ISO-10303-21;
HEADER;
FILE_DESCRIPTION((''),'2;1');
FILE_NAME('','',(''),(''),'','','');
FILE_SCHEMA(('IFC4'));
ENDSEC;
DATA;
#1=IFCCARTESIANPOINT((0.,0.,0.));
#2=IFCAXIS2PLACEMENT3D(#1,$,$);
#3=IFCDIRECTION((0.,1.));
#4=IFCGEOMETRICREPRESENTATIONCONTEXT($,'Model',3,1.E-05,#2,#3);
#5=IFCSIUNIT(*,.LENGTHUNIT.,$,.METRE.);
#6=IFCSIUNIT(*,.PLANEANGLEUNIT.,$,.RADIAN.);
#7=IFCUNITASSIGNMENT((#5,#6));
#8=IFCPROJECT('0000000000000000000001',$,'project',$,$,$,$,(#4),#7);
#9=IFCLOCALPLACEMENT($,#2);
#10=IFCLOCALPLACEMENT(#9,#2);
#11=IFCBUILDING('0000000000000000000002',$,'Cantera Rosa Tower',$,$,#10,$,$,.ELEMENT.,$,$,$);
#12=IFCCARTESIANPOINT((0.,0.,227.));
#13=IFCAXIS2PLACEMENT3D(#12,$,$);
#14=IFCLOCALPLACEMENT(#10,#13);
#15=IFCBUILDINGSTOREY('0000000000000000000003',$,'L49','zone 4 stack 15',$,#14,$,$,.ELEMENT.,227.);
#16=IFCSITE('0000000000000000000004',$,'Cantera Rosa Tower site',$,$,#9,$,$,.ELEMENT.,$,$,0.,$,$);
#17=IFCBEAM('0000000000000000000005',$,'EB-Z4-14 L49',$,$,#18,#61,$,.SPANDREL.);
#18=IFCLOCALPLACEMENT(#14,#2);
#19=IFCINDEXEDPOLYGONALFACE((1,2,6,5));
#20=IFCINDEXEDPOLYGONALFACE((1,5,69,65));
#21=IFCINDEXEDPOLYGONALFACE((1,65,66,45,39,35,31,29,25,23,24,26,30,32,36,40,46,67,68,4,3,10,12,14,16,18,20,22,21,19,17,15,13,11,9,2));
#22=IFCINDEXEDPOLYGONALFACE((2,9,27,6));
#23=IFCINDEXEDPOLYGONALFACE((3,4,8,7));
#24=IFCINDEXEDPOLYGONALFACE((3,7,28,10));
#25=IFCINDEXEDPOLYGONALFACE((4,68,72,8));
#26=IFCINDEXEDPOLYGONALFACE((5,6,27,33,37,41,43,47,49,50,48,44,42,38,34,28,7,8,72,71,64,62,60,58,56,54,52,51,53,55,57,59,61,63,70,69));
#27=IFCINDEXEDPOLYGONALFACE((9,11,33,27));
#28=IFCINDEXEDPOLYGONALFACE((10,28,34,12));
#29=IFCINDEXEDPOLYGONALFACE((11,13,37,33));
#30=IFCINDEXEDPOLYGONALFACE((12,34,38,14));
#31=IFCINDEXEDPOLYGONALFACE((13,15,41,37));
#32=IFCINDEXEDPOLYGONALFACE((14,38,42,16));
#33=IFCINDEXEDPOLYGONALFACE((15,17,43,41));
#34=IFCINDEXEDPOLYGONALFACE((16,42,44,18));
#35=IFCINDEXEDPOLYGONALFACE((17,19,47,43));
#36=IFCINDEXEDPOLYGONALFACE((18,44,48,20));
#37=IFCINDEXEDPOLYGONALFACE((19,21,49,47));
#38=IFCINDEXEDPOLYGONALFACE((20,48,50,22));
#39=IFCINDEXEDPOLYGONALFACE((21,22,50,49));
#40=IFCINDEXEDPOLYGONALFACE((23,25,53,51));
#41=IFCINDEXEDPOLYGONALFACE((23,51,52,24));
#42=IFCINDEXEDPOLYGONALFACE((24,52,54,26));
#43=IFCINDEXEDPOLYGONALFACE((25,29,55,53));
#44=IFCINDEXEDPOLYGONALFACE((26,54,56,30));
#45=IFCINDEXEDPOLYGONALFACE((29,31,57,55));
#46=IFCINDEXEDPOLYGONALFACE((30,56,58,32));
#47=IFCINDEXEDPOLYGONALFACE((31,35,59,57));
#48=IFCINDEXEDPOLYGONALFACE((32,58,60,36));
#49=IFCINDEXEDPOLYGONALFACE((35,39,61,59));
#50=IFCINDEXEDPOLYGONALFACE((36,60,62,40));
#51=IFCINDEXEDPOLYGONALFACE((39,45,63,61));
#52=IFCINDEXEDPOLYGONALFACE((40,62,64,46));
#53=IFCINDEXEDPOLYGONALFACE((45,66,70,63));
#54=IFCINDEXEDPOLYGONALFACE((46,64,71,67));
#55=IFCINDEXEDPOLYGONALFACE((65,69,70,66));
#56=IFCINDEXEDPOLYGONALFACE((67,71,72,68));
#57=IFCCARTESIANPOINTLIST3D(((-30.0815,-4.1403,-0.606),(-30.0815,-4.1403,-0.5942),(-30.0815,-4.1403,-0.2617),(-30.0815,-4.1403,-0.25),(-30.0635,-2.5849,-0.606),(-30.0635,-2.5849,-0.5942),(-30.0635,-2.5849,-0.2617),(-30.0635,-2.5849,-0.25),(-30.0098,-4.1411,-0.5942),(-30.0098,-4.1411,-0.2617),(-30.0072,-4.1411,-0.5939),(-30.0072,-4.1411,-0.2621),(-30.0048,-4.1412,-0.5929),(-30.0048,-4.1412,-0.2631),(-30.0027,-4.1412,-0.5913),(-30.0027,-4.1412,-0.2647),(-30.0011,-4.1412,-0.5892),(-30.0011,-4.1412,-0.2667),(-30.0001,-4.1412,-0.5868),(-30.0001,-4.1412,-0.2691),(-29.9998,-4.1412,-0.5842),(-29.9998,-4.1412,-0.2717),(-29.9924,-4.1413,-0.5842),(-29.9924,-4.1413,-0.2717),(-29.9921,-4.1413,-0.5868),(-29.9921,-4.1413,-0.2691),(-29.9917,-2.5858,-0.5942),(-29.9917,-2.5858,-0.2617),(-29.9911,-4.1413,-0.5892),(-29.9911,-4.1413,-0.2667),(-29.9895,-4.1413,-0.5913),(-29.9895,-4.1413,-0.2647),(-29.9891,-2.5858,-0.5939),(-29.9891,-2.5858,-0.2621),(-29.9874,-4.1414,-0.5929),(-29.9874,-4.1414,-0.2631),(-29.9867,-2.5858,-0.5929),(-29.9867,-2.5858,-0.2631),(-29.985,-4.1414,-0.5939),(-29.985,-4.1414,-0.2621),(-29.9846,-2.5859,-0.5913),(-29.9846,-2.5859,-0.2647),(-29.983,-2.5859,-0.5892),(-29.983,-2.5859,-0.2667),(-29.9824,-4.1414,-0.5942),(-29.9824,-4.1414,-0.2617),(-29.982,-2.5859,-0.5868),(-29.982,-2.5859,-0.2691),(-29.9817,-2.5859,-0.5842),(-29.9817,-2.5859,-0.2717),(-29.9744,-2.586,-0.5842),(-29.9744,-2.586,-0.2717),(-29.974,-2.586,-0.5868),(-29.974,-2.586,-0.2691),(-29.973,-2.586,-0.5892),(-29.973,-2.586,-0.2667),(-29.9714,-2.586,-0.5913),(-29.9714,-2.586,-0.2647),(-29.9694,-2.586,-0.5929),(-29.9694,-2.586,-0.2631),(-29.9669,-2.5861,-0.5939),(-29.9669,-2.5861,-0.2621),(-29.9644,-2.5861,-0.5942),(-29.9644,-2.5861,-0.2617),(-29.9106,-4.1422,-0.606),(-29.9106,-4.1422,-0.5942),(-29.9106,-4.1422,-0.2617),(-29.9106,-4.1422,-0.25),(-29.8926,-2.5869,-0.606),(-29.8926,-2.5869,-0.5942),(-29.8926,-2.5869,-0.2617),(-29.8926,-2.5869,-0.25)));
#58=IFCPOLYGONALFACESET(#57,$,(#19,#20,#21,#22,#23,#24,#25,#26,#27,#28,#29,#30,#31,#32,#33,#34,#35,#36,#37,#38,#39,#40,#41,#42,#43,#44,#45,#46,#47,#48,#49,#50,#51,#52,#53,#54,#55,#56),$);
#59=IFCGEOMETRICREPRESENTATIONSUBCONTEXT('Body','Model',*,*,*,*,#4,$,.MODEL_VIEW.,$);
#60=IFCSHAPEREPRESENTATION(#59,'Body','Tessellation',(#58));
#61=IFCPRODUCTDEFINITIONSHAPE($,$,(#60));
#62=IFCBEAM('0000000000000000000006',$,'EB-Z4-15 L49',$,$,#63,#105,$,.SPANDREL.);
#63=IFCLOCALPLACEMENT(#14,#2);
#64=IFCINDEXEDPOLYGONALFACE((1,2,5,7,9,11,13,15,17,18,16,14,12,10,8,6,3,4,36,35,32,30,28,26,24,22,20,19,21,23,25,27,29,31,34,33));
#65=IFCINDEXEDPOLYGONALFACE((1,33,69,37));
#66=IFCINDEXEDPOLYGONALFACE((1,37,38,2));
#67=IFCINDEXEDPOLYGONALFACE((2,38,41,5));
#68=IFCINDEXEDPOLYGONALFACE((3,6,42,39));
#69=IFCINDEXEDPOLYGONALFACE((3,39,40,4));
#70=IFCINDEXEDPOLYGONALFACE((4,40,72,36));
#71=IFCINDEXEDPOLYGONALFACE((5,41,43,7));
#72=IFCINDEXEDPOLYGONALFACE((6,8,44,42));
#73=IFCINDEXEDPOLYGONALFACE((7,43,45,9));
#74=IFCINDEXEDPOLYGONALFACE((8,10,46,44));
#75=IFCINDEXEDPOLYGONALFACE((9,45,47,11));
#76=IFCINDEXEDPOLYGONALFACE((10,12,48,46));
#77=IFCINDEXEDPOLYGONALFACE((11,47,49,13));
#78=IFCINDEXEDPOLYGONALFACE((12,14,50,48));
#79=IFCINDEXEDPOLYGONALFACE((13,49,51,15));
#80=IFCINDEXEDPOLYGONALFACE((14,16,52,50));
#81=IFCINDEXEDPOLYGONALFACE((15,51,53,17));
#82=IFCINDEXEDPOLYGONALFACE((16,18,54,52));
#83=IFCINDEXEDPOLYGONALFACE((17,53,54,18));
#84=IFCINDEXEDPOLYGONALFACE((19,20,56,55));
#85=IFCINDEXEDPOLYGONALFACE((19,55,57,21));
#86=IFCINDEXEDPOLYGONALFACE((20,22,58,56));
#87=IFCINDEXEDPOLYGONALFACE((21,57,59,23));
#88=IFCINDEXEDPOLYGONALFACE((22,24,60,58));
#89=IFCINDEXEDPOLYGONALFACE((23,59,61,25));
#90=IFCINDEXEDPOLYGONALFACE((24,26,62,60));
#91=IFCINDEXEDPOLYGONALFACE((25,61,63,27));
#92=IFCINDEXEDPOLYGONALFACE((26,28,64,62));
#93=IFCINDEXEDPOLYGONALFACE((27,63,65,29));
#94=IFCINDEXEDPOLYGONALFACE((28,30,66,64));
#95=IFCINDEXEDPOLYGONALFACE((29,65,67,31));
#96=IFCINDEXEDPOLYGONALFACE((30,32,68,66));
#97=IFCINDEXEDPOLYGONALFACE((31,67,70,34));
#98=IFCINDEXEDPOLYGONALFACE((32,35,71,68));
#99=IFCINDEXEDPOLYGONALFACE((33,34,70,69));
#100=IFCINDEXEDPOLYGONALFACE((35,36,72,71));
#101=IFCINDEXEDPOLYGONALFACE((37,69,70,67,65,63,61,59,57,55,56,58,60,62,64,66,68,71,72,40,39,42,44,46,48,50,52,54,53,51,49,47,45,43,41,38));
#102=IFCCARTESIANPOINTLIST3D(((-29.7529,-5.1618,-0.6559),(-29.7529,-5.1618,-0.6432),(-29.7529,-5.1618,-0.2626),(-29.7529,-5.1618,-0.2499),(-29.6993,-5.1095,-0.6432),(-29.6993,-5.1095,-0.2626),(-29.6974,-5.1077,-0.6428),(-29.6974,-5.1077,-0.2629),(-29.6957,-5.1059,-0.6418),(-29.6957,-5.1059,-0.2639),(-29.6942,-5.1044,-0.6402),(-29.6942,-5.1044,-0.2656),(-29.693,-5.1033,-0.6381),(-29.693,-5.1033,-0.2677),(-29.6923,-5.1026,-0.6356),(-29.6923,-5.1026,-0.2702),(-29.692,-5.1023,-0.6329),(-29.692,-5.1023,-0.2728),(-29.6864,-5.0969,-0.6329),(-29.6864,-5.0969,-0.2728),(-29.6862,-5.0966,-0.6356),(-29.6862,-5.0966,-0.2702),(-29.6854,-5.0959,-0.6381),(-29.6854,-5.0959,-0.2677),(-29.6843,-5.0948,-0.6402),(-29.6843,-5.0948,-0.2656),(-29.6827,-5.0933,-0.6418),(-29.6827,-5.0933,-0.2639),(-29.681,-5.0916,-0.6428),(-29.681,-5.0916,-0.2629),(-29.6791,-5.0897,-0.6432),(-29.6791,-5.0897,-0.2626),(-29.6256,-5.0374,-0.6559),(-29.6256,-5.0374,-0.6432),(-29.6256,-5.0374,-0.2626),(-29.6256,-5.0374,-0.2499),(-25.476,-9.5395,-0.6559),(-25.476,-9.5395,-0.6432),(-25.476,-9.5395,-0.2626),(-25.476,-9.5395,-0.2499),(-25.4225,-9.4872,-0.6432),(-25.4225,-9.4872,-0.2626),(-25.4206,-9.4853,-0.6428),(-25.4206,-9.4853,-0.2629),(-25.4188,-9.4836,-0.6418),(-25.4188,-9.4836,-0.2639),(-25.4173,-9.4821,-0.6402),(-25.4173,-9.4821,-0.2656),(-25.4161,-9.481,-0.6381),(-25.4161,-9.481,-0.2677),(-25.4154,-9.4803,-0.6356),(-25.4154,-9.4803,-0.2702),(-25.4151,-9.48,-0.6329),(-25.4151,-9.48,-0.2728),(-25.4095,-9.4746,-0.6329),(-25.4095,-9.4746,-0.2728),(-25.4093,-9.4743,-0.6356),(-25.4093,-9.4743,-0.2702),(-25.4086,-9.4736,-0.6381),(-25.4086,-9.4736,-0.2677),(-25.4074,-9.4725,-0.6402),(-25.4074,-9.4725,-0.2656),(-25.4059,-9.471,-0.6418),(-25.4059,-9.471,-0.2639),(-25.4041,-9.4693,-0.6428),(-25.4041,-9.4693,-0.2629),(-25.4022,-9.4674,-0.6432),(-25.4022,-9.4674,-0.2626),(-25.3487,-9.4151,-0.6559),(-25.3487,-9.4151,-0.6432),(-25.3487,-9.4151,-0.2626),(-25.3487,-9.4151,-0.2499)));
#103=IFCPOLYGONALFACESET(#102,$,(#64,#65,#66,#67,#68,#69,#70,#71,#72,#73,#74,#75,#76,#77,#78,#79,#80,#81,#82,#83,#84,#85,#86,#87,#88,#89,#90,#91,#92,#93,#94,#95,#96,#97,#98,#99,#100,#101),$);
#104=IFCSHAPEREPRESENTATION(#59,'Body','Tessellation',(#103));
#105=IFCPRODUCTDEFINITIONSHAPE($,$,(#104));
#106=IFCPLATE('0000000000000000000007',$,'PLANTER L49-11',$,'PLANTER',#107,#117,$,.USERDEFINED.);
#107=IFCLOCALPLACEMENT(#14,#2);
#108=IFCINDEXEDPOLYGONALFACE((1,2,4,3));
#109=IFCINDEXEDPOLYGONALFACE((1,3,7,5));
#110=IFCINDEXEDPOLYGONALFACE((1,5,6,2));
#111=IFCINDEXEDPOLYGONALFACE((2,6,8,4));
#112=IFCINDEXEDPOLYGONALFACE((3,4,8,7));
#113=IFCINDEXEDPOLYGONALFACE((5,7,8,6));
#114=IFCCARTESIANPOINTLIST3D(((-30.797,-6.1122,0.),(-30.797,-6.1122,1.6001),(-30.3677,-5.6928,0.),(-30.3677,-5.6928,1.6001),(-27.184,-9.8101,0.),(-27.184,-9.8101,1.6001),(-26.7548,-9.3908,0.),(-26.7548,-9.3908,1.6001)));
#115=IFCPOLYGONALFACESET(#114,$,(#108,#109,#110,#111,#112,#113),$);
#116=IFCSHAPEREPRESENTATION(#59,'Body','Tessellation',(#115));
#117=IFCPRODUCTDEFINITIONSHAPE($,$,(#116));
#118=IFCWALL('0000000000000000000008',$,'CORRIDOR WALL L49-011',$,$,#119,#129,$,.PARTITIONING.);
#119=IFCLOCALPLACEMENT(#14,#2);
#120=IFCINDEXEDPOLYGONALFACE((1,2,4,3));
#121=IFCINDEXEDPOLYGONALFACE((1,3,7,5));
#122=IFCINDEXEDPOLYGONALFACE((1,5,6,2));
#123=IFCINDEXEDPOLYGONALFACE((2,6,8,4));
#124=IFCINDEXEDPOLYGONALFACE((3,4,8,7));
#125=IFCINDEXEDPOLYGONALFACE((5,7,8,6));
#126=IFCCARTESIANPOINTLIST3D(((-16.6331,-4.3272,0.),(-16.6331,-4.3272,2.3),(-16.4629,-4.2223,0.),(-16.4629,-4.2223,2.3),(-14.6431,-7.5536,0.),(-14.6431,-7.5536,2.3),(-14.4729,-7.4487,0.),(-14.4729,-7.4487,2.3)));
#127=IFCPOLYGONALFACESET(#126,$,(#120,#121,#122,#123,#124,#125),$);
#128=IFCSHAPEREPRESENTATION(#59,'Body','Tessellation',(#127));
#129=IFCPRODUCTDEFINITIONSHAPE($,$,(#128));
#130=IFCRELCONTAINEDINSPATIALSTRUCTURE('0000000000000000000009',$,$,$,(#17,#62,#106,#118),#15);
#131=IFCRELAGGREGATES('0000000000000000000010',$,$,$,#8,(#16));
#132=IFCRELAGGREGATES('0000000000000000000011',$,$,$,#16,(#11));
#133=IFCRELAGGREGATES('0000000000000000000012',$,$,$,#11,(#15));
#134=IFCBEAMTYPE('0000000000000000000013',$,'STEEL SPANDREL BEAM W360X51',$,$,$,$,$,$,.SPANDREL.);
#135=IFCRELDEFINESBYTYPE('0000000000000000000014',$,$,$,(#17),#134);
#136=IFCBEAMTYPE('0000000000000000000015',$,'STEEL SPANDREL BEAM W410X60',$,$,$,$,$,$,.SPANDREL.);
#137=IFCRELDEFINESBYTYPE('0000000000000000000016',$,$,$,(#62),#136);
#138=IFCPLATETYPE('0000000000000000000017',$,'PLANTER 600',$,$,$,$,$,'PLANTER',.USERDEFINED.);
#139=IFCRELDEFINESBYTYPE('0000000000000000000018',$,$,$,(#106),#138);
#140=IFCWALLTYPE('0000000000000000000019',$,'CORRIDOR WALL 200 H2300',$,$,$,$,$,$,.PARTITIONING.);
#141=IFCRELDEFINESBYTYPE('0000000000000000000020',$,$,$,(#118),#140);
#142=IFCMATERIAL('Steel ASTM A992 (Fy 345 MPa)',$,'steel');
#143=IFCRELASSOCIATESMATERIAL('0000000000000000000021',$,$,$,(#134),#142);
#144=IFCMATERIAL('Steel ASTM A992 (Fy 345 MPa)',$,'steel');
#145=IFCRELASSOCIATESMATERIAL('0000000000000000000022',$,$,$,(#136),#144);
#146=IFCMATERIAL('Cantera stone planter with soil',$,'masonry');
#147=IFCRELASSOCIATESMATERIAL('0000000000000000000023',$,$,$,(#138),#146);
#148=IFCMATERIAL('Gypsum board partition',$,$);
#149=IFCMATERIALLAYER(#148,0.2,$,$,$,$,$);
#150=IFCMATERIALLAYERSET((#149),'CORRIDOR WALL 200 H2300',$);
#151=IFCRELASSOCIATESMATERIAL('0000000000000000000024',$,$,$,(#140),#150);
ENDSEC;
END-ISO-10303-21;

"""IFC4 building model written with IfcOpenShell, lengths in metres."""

from ifc_helpers import new_model, si_unit, direction, frame, frame_2d, origin, origin_2d, place, context, subcontext, project, spatial, rectangle, i_section, extrude, material, layer, layer_set, material_profile, profile_set, type_object, element, save


model = new_model("IFC4")

# Units and contexts
model_context = context("Model", 3, precision=1e-05, world=origin(), true_north=direction((0.0, 1.0)))
body_context = subcontext(model_context, "Body", "Model", "MODEL_VIEW")
ifc_project = project(units=[si_unit("LENGTHUNIT", "METRE"), si_unit("PLANEANGLEUNIT", "RADIAN")], contexts=[model_context])

# Site, building, storey
site_placement = place(None, origin())
site = spatial("IfcSite", under=ifc_project, at=site_placement, Name="Cantera Rosa Tower site", CompositionType="ELEMENT", RefElevation=0.0)
building_placement = place(site_placement, origin())
building = spatial("IfcBuilding", under=site, at=building_placement, Name="Cantera Rosa Tower", CompositionType="ELEMENT")
storey_placement = place(building_placement, frame((0.0, 0.0, 227.0)))
storey = spatial("IfcBuildingStorey", under=building, at=storey_placement, Name="L49", Description="zone 4 stack 15", CompositionType="ELEMENT", Elevation=227.0)

# Beams
ifc_material_1 = material(Name="Steel ASTM A992 (Fy 345 MPa)", Category="steel")
ifc_material_profile_1 = material_profile(ifc_material_1, i_section(OverallWidth=0.1709, OverallDepth=0.356, WebThickness=0.0073, FlangeThickness=0.0117, FilletRadius=0.01, at=origin_2d()), Name="W360X51")
ifc_profile_set_1 = profile_set([ifc_material_profile_1], Name="Steel ASTM A992 (Fy 345 MPa)")
beam_type_1 = type_object("IfcBeamType", Name="STEEL SPANDREL BEAM W360X51", PredefinedType="SPANDREL", material=ifc_profile_set_1)
beam_1_placement = place(storey_placement, frame((-29.978, -2.5859, -0.428), z_axis=(-0.011614, -0.999933, 0.0), x_axis=(0.999933, -0.011614, 0.0)))
element("IfcBeam", 1, at=beam_1_placement, inside=storey, type_object=beam_type_1, Name="EB-Z4-14 L49", PredefinedType="SPANDREL", context=body_context, shape_type="SweptSolid", body=[
    extrude(i_section(OverallWidth=0.1709, OverallDepth=0.356, WebThickness=0.0073, FlangeThickness=0.0117, FilletRadius=0.01, at=origin_2d()), origin(), (0.0, 0.0, 1.0), 1.5554),
])
ifc_material_2 = material(Name="Steel ASTM A992 (Fy 345 MPa)", Category="steel")
ifc_material_profile_2 = material_profile(ifc_material_2, i_section(OverallWidth=0.178, OverallDepth=0.406, WebThickness=0.0078, FlangeThickness=0.0127, FilletRadius=0.0103, at=origin_2d()), Name="W410X60")
ifc_profile_set_2 = profile_set([ifc_material_profile_2], Name="Steel ASTM A992 (Fy 345 MPa)")
beam_type_2 = type_object("IfcBeamType", Name="STEEL SPANDREL BEAM W410X60", PredefinedType="SPANDREL", material=ifc_profile_set_2)
beam_2_placement = place(storey_placement, frame((-29.6892, -5.0996, -0.4529), z_axis=(0.698821, -0.715296, 0.0), x_axis=(0.715296, 0.698821, 0.0)))
element("IfcBeam", 2, at=beam_2_placement, inside=storey, type_object=beam_type_2, Name="EB-Z4-15 L49", PredefinedType="SPANDREL", context=body_context, shape_type="SweptSolid", body=[
    extrude(i_section(OverallWidth=0.178, OverallDepth=0.406, WebThickness=0.0078, FlangeThickness=0.0127, FilletRadius=0.0103, at=origin_2d()), origin(), (0.0, 0.0, 1.0), 6.1201),
])

# Plate
ifc_material_3 = material(Name="Cantera stone planter with soil", Category="masonry")
plate_type = type_object("IfcPlateType", Name="PLANTER 600", ElementType="PLANTER", PredefinedType="USERDEFINED", material=ifc_material_3)
plate_placement = place(storey_placement, frame((-28.7759, -7.7515, 0.0), z_axis=(0.0, 0.0, 1.0), x_axis=(0.698832, -0.715286, 0.0)))
element("IfcPlate", 3, at=plate_placement, inside=storey, type_object=plate_type, Name="PLANTER L49-11", ObjectType="PLANTER", PredefinedType="USERDEFINED", context=body_context, shape_type="SweptSolid", body=[
    extrude(rectangle(XDim=5.1699, YDim=0.6001, at=origin_2d()), origin(), (0.0, 0.0, 1.0), 1.6001),
])

# Wall
ifc_material_4 = material(Name="Gypsum board partition")
ifc_layer_1 = layer(ifc_material_4, 0.2)
ifc_layer_set_1 = layer_set([ifc_layer_1], Name="CORRIDOR WALL 200 H2300")
wall_type_1 = type_object("IfcWallType", Name="CORRIDOR WALL 200 H2300", PredefinedType="PARTITIONING", material=ifc_layer_set_1)
wall_1_placement = place(storey_placement, frame((-16.5481, -4.2747, 0.0), z_axis=(0.0, 0.0, 1.0), x_axis=(0.52497, -0.851121, 0.0)))
element("IfcWall", 4, at=wall_1_placement, inside=storey, type_object=wall_type_1, Name="CORRIDOR WALL L49-011", PredefinedType="PARTITIONING", context=body_context, shape_type="SweptSolid", body=[
    extrude(rectangle(XDim=3.7908, YDim=0.2, at=frame_2d((1.8955, 0.0))), origin(), (0.0, 0.0, 1.0), 2.3),
])

save(model, "model.ifc")
